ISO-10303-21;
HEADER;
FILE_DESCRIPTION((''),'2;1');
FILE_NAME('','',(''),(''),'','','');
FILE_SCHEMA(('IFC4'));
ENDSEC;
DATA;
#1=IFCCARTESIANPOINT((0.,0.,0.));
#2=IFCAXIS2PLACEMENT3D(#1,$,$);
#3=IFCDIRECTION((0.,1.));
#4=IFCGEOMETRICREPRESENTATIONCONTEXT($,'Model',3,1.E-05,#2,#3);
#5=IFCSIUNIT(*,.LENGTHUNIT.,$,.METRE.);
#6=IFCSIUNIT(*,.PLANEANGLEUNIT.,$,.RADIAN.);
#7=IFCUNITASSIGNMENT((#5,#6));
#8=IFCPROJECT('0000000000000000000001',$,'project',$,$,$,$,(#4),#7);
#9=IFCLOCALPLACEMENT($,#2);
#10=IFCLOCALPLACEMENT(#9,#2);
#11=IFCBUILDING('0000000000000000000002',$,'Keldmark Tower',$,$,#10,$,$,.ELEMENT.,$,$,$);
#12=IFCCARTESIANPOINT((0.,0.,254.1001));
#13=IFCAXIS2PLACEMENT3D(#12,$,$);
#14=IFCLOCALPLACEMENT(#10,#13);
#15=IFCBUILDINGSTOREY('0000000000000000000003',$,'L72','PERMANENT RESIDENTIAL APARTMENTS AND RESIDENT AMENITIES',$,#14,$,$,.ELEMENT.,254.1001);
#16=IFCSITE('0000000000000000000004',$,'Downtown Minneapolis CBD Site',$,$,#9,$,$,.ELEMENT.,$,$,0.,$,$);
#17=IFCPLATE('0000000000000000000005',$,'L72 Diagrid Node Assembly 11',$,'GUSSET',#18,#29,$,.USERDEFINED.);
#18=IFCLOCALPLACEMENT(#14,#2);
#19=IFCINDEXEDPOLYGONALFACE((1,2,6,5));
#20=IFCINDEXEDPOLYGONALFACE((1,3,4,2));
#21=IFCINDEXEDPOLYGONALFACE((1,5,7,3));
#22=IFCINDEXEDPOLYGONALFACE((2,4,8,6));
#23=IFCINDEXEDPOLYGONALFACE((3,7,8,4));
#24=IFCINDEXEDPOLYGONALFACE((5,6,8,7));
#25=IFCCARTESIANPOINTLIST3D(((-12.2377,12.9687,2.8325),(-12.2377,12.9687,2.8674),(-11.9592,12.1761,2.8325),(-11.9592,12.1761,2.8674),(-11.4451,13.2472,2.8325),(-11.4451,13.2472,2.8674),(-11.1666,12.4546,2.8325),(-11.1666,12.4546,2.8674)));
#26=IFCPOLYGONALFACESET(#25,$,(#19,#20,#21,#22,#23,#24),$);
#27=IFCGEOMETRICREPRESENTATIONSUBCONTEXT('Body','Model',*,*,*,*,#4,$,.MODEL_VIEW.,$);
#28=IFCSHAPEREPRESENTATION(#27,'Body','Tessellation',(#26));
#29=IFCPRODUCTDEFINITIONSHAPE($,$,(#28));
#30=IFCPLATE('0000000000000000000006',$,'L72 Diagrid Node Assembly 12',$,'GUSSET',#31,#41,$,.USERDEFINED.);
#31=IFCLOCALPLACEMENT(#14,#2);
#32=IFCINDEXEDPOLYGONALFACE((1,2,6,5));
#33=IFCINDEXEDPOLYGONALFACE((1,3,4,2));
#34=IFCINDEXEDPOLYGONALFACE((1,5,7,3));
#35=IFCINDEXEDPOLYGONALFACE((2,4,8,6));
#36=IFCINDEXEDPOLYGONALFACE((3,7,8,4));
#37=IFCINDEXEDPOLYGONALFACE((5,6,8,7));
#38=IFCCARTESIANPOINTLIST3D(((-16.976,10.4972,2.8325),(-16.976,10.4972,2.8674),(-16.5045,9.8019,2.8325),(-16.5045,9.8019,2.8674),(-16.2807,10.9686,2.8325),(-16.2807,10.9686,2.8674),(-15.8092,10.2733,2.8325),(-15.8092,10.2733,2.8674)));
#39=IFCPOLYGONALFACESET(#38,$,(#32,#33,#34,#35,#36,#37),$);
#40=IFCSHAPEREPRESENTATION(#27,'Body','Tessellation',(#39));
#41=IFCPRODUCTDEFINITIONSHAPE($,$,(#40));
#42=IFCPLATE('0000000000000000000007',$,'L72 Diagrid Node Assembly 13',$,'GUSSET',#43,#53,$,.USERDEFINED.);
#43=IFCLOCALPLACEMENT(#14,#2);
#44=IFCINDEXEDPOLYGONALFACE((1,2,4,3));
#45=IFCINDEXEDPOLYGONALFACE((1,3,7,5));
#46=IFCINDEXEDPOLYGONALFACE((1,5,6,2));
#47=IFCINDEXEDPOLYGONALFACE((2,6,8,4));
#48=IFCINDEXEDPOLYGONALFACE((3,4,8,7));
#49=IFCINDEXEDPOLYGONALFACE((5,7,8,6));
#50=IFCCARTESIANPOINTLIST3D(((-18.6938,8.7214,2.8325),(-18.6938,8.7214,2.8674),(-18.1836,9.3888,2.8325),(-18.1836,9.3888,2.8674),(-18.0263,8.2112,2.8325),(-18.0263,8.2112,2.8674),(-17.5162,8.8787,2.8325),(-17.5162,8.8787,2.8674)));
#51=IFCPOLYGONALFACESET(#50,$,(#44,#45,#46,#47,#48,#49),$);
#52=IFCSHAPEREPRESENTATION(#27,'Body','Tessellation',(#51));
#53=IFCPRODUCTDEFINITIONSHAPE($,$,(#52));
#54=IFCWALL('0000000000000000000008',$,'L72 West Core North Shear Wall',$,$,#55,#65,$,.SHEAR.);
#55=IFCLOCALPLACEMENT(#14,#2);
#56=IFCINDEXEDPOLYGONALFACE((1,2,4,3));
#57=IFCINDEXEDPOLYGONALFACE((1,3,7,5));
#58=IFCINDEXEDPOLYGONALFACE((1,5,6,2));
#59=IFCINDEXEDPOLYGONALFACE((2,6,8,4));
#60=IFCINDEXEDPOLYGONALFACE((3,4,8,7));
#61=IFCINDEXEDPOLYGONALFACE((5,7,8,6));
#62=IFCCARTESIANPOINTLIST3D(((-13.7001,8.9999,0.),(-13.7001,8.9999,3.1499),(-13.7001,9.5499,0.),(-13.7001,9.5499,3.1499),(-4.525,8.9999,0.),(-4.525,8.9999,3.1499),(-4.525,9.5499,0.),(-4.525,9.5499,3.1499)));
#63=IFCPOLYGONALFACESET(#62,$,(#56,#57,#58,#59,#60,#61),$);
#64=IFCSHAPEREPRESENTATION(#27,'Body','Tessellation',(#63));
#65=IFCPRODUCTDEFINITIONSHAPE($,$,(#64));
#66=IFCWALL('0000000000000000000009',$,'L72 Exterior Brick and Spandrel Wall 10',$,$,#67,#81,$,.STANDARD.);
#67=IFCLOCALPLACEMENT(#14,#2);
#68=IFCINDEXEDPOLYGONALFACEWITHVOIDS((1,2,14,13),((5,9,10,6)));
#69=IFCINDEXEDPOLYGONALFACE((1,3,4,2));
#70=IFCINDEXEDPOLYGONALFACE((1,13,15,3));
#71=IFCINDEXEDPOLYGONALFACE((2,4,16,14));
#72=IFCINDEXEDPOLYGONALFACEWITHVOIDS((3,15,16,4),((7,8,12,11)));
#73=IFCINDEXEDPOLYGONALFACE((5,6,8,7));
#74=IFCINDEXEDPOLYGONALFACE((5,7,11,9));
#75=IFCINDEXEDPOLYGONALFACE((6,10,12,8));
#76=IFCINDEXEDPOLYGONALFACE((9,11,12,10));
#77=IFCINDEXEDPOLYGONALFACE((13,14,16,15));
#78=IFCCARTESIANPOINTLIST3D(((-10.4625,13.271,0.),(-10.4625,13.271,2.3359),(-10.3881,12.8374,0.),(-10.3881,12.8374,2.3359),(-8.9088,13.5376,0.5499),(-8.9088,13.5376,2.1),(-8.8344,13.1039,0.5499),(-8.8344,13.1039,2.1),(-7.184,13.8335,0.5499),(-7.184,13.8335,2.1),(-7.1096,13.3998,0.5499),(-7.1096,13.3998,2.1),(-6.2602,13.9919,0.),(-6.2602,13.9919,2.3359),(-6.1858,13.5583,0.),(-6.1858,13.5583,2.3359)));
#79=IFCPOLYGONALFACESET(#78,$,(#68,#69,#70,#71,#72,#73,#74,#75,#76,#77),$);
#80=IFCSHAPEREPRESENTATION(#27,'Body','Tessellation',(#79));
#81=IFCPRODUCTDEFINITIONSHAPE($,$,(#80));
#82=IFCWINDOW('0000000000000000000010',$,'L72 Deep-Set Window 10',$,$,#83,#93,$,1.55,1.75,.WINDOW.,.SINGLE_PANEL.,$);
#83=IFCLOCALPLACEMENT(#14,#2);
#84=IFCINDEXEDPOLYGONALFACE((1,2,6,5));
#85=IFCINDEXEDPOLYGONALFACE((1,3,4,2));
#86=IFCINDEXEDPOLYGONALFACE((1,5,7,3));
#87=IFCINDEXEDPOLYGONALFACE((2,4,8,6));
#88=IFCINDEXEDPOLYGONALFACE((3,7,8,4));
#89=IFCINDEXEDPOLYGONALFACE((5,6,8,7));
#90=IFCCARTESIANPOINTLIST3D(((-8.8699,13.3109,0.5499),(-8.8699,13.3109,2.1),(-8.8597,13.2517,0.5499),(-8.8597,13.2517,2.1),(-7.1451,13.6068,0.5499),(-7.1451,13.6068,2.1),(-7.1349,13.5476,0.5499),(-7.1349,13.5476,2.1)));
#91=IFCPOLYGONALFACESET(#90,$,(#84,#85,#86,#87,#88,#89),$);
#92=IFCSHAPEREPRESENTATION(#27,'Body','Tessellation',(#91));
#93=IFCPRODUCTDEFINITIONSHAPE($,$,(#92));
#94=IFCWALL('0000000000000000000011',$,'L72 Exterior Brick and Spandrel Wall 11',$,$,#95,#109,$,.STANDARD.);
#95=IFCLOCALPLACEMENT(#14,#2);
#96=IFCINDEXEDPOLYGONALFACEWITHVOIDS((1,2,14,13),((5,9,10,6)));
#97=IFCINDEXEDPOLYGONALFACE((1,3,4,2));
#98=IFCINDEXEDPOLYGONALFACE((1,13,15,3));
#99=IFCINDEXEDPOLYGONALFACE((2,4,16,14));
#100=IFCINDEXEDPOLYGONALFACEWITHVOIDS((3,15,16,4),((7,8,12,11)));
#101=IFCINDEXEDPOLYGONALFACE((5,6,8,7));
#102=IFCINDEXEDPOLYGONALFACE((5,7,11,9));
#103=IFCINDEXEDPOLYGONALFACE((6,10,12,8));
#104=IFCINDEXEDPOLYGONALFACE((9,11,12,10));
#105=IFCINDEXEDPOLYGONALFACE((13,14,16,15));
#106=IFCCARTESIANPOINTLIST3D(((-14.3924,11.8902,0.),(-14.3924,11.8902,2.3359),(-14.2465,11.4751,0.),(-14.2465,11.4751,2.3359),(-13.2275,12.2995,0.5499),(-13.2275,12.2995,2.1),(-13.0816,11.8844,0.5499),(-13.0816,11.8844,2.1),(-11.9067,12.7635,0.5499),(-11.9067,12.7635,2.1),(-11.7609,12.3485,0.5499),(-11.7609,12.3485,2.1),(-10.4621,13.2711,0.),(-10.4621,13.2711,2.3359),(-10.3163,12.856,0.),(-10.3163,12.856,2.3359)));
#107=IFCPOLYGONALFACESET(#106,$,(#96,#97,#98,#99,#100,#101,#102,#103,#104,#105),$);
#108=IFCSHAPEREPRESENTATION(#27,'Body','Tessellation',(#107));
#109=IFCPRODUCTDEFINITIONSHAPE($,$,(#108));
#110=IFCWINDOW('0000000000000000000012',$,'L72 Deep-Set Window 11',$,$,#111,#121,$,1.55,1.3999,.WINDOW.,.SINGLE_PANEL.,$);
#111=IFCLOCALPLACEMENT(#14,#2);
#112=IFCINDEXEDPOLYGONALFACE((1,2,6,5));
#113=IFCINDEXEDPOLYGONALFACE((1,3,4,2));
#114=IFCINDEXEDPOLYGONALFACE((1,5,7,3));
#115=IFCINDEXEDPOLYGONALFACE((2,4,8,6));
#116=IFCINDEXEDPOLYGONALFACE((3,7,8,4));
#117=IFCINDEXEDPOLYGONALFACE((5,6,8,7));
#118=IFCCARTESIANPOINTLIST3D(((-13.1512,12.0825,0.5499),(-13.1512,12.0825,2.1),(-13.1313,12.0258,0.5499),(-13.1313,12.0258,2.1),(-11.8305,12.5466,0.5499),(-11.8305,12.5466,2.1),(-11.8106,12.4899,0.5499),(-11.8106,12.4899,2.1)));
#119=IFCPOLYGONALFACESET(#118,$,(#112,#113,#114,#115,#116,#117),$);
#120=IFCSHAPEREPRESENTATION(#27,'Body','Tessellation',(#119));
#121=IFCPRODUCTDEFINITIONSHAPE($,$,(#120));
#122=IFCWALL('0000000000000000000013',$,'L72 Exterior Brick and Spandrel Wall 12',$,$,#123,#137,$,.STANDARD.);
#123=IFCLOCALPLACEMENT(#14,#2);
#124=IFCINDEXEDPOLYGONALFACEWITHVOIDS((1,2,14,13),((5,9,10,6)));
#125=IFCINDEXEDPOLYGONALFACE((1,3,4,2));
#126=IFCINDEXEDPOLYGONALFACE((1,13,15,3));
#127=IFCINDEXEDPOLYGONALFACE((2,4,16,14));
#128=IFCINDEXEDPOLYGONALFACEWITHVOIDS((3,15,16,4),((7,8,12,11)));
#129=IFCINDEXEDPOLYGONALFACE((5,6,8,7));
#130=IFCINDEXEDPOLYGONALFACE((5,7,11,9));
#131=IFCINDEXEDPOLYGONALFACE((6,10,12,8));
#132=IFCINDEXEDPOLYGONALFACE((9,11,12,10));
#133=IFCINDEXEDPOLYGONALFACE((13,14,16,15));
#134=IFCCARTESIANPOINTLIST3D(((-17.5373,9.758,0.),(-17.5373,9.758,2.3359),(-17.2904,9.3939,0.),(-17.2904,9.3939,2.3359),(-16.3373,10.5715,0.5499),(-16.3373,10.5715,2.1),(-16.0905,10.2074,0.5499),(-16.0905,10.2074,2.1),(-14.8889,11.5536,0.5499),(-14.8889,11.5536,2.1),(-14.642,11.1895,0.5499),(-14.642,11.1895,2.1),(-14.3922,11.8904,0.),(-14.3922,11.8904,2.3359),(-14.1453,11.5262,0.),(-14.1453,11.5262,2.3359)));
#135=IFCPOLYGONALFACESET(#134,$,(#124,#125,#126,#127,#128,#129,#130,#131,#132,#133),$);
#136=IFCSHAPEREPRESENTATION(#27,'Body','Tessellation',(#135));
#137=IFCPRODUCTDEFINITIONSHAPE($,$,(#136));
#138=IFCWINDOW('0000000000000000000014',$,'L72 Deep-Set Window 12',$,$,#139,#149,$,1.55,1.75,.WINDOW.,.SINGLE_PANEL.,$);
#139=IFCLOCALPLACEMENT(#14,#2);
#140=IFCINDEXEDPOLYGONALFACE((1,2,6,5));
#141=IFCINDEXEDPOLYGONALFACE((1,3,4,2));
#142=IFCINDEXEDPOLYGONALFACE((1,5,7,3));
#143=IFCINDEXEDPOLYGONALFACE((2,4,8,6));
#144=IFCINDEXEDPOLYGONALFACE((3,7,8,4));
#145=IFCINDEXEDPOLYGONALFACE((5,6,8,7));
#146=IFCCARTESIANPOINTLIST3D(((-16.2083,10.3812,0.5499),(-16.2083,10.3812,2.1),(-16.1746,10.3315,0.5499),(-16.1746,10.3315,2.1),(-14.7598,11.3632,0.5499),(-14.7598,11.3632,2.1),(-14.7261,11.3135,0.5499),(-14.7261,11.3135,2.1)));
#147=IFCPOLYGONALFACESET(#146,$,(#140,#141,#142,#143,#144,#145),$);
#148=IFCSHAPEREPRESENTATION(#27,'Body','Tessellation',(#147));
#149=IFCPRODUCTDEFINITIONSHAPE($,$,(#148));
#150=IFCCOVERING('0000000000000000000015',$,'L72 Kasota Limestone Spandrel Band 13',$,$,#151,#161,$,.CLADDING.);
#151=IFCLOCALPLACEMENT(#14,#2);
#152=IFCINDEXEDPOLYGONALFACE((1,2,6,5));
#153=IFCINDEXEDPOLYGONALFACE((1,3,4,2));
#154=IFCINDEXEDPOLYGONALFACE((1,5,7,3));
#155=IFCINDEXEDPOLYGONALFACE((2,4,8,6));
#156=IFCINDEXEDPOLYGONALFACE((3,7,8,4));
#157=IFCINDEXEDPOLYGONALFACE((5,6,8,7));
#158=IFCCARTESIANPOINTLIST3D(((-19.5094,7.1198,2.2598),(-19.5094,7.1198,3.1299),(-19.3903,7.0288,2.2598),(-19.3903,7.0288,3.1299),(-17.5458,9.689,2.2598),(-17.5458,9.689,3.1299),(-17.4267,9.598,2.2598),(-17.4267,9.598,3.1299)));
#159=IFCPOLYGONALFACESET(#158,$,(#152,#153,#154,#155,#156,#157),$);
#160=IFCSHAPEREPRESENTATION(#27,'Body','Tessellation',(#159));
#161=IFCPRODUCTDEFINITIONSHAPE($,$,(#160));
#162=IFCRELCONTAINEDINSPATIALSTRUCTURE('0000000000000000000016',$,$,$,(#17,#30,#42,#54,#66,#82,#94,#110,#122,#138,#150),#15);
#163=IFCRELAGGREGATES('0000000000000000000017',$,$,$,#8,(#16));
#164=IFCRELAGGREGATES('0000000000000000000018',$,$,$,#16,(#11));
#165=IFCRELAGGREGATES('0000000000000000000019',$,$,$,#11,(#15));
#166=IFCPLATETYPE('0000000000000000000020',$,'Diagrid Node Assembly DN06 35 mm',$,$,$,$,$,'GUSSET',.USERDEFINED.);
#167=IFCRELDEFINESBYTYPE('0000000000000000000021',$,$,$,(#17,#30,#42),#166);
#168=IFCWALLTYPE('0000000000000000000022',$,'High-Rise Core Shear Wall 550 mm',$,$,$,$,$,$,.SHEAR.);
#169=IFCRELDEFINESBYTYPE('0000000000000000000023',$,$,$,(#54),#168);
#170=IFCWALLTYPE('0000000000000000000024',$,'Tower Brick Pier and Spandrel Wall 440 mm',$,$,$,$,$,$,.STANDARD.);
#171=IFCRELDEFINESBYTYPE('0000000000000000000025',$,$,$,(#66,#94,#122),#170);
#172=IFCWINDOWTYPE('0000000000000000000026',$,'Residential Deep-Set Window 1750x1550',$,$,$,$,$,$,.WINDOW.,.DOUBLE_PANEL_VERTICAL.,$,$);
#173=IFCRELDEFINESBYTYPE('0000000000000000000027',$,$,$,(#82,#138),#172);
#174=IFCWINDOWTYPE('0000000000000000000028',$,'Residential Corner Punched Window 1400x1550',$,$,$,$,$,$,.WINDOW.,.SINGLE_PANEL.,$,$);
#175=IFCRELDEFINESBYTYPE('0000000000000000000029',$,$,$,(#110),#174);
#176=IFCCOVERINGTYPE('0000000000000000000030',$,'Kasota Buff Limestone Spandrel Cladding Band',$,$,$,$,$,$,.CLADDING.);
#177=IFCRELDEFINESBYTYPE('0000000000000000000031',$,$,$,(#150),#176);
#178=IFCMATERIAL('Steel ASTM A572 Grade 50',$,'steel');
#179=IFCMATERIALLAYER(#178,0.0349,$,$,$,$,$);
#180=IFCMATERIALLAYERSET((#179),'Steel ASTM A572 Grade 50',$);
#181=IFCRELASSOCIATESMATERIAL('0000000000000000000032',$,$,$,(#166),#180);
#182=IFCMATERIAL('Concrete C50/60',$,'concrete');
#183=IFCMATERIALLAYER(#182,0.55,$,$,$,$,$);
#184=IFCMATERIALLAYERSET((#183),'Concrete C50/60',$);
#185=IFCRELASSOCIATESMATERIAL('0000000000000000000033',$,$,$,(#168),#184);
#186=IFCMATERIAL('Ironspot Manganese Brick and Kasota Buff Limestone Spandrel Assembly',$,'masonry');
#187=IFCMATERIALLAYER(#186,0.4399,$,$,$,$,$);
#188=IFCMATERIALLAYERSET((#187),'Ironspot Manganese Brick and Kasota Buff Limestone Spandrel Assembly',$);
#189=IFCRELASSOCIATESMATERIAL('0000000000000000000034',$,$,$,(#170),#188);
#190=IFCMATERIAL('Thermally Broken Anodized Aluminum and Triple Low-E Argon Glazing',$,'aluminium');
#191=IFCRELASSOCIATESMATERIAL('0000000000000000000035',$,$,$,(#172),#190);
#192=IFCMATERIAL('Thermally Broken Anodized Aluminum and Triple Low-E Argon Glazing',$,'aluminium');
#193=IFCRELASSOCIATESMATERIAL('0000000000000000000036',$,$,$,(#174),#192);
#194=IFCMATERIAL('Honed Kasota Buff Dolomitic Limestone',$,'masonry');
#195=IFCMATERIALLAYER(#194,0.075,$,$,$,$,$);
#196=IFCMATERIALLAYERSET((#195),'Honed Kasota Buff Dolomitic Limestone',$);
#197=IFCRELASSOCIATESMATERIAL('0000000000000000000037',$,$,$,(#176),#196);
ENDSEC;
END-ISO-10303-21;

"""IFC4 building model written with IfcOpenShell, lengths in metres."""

from ifc_helpers import new_model, si_unit, direction, frame, frame_2d, origin, origin_2d, place, context, subcontext, project, spatial, rectangle, extrude, material, layer, layer_set, type_object, element, fill, save


model = new_model("IFC4")

# Units and contexts
model_context = context("Model", 3, precision=1e-05, world=origin(), true_north=direction((0.0, 1.0)))
body_context = subcontext(model_context, "Body", "Model", "MODEL_VIEW")
ifc_project = project(units=[si_unit("LENGTHUNIT", "METRE"), si_unit("PLANEANGLEUNIT", "RADIAN")], contexts=[model_context])

# Site, building, storey
site_placement = place(None, origin())
site = spatial("IfcSite", under=ifc_project, at=site_placement, Name="Downtown Minneapolis CBD Site", CompositionType="ELEMENT", RefElevation=0.0)
building_placement = place(site_placement, origin())
building = spatial("IfcBuilding", under=site, at=building_placement, Name="Keldmark Tower", CompositionType="ELEMENT")
storey_placement = place(building_placement, frame((0.0, 0.0, 254.1001)))
storey = spatial("IfcBuildingStorey", under=building, at=storey_placement, Name="L72", Description="PERMANENT RESIDENTIAL APARTMENTS AND RESIDENT AMENITIES", CompositionType="ELEMENT", Elevation=254.1001)

# Plates
ifc_material_1 = material(Name="Steel ASTM A572 Grade 50", Category="steel")
ifc_layer_1 = layer(ifc_material_1, 0.0349)
ifc_layer_set_1 = layer_set([ifc_layer_1], Name="Steel ASTM A572 Grade 50")
plate_type_1 = type_object("IfcPlateType", Name="Diagrid Node Assembly DN06 35 mm", ElementType="GUSSET", PredefinedType="USERDEFINED", material=ifc_layer_set_1)
for number, where, z_axis, x_axis, name in (
    (1, (-11.7021, 12.7117, 2.8325), (0.0, 0.0, 1.0), (-0.943454, -0.331503, 0.0), "L72 Diagrid Node Assembly 11"),
    (2, (-16.3926, 10.3853, 2.8325), (0.0, 0.0, 1.0), (-0.827669, -0.561217, 0.0), "L72 Diagrid Node Assembly 12"),
    (3, (-18.105, 8.8, 2.8325), (0.0, 0.0, 1.0), (-0.607237, -0.794521, 0.0), "L72 Diagrid Node Assembly 13"),
):
    element("IfcPlate", number, at=place(storey_placement, frame(where, z_axis=z_axis, x_axis=x_axis)), inside=storey, type_object=plate_type_1, Name=name, ObjectType="GUSSET", PredefinedType="USERDEFINED", context=body_context, shape_type="SweptSolid", body=[
        extrude(rectangle(XDim=0.8401, YDim=0.8401, at=origin_2d()), origin(), (0.0, 0.0, 1.0), 0.0349),
    ])

# Wall
ifc_material_2 = material(Name="Concrete C50/60", Category="concrete")
ifc_layer_2 = layer(ifc_material_2, 0.55)
ifc_layer_set_2 = layer_set([ifc_layer_2], Name="Concrete C50/60")
wall_type_1 = type_object("IfcWallType", Name="High-Rise Core Shear Wall 550 mm", PredefinedType="SHEAR", material=ifc_layer_set_2)
wall_1_placement = place(storey_placement, frame((-13.7, 9.2749, 0.0), z_axis=(0.0, 0.0, 1.0), x_axis=(1.0, 0.0, 0.0)))
element("IfcWall", 4, at=wall_1_placement, inside=storey, type_object=wall_type_1, Name="L72 West Core North Shear Wall", PredefinedType="SHEAR", context=body_context, shape_type="SweptSolid", body=[
    extrude(rectangle(XDim=9.175, YDim=0.55, at=frame_2d((4.5874, 0.0))), origin(), (0.0, 0.0, 1.0), 3.1499),
])

# Walls, openings, windows
ifc_material_3 = material(Name="Ironspot Manganese Brick and Kasota Buff Limestone Spandrel Assembly", Category="masonry")
ifc_layer_3 = layer(ifc_material_3, 0.4399)
ifc_layer_set_3 = layer_set([ifc_layer_3], Name="Ironspot Manganese Brick and Kasota Buff Limestone Spandrel Assembly")
wall_type_2 = type_object("IfcWallType", Name="Tower Brick Pier and Spandrel Wall 440 mm", PredefinedType="STANDARD", material=ifc_layer_set_3)
wall_2_placement = place(storey_placement, frame((-10.4253, 13.0542, 0.0), z_axis=(0.0, 0.0, 1.0), x_axis=(0.985601, 0.169086, 0.0)))
wall_2 = element("IfcWall", 5, at=wall_2_placement, inside=storey, type_object=wall_type_2, Name="L72 Exterior Brick and Spandrel Wall 10", PredefinedType="STANDARD", context=body_context, shape_type="SweptSolid", body=[
    extrude(rectangle(XDim=4.2637, YDim=0.4399, at=frame_2d((2.1318, 0.0))), origin(), (0.0, 0.0, 1.0), 2.3359),
])
opening_1_placement = place(wall_2_placement, frame((1.5764, 0.0, 0.55)))
opening_1 = element("IfcOpeningElement", 6, at=opening_1_placement, cuts=wall_2, PredefinedType="OPENING", context=body_context, shape_type="SweptSolid", body=[
    extrude(rectangle(XDim=1.75, YDim=1.55, at=frame_2d((0.875, 0.7749))), frame((0.0, 0.23, 0.0), z_axis=(0.0, -1.0, 0.0), x_axis=(1.0, 0.0, 0.0)), (0.0, 0.0, 1.0), 0.46),
])
ifc_material_4 = material(Name="Thermally Broken Anodized Aluminum and Triple Low-E Argon Glazing", Category="aluminium")
window_type_1 = type_object("IfcWindowType", Name="Residential Deep-Set Window 1750x1550", PartitioningType="DOUBLE_PANEL_VERTICAL", PredefinedType="WINDOW", material=ifc_material_4)
window_1_placement = place(opening_1_placement, origin())
window_1 = element("IfcWindow", 7, at=window_1_placement, inside=storey, type_object=window_type_1, Name="L72 Deep-Set Window 10", OverallHeight=1.55, OverallWidth=1.75, PartitioningType="SINGLE_PANEL", PredefinedType="WINDOW", context=body_context, shape_type="SweptSolid", body=[
    extrude(rectangle(XDim=1.75, YDim=1.55, at=frame_2d((0.875, 0.7749))), frame((0.0, -0.01, 0.0), z_axis=(0.0, -1.0, 0.0), x_axis=(1.0, 0.0, 0.0)), (0.0, 0.0, 1.0), 0.0601),
])
fill(opening_1, window_1)
wall_3_placement = place(storey_placement, frame((-14.3196, 11.6826, 0.0), z_axis=(0.0, 0.0, 1.0), x_axis=(0.943461, 0.331483, 0.0)))
wall_3 = element("IfcWall", 8, at=wall_3_placement, inside=storey, type_object=wall_type_2, Name="L72 Exterior Brick and Spandrel Wall 11", PredefinedType="STANDARD", context=body_context, shape_type="SweptSolid", body=[
    extrude(rectangle(XDim=4.1658, YDim=0.4399, at=frame_2d((2.083, 0.0))), origin(), (0.0, 0.0, 1.0), 2.3359),
])
opening_2_placement = place(wall_3_placement, frame((1.2349, 0.0, 0.55)))
opening_2 = element("IfcOpeningElement", 9, at=opening_2_placement, cuts=wall_3, PredefinedType="OPENING", context=body_context, shape_type="SweptSolid", body=[
    extrude(rectangle(XDim=1.3999, YDim=1.55, at=frame_2d((0.7, 0.7749))), frame((0.0, 0.23, 0.0), z_axis=(0.0, -1.0, 0.0), x_axis=(1.0, 0.0, 0.0)), (0.0, 0.0, 1.0), 0.46),
])
ifc_material_5 = material(Name="Thermally Broken Anodized Aluminum and Triple Low-E Argon Glazing", Category="aluminium")
window_type_2 = type_object("IfcWindowType", Name="Residential Corner Punched Window 1400x1550", PartitioningType="SINGLE_PANEL", PredefinedType="WINDOW", material=ifc_material_5)
window_2_placement = place(opening_2_placement, origin())
window_2 = element("IfcWindow", 10, at=window_2_placement, inside=storey, type_object=window_type_2, Name="L72 Deep-Set Window 11", OverallHeight=1.55, OverallWidth=1.3999, PartitioningType="SINGLE_PANEL", PredefinedType="WINDOW", context=body_context, shape_type="SweptSolid", body=[
    extrude(rectangle(XDim=1.3999, YDim=1.55, at=frame_2d((0.7, 0.7749))), frame((0.0, -0.01, 0.0), z_axis=(0.0, -1.0, 0.0), x_axis=(1.0, 0.0, 0.0)), (0.0, 0.0, 1.0), 0.0601),
])
fill(opening_2, window_2)
wall_4_placement = place(storey_placement, frame((-17.4138, 9.5759, 0.0), z_axis=(0.0, 0.0, 1.0), x_axis=(0.827695, 0.561178, 0.0)))
wall_4 = element("IfcWall", 11, at=wall_4_placement, inside=storey, type_object=wall_type_2, Name="L72 Exterior Brick and Spandrel Wall 12", PredefinedType="STANDARD", context=body_context, shape_type="SweptSolid", body=[
    extrude(rectangle(XDim=3.7998, YDim=0.4399, at=frame_2d((1.8999, 0.0))), origin(), (0.0, 0.0, 1.0), 2.3359),
])
opening_3_placement = place(wall_4_placement, frame((1.4497, 0.0, 0.55)))
opening_3 = element("IfcOpeningElement", 12, at=opening_3_placement, cuts=wall_4, PredefinedType="OPENING", context=body_context, shape_type="SweptSolid", body=[
    extrude(rectangle(XDim=1.75, YDim=1.55, at=frame_2d((0.875, 0.7749))), frame((0.0, 0.23, 0.0), z_axis=(0.0, -1.0, 0.0), x_axis=(1.0, 0.0, 0.0)), (0.0, 0.0, 1.0), 0.46),
])
window_3_placement = place(opening_3_placement, origin())
window_3 = element("IfcWindow", 13, at=window_3_placement, inside=storey, type_object=window_type_1, Name="L72 Deep-Set Window 12", OverallHeight=1.55, OverallWidth=1.75, PartitioningType="SINGLE_PANEL", PredefinedType="WINDOW", context=body_context, shape_type="SweptSolid", body=[
    extrude(rectangle(XDim=1.75, YDim=1.55, at=frame_2d((0.875, 0.7749))), frame((0.0, -0.01, 0.0), z_axis=(0.0, -1.0, 0.0), x_axis=(1.0, 0.0, 0.0)), (0.0, 0.0, 1.0), 0.0601),
])
fill(opening_3, window_3)

# Covering
ifc_material_6 = material(Name="Honed Kasota Buff Dolomitic Limestone", Category="masonry")
ifc_layer_4 = layer(ifc_material_6, 0.075)
ifc_layer_set_4 = layer_set([ifc_layer_4], Name="Honed Kasota Buff Dolomitic Limestone")
covering_type = type_object("IfcCoveringType", Name="Kasota Buff Limestone Spandrel Cladding Band", PredefinedType="CLADDING", material=ifc_layer_set_4)
covering_placement = place(storey_placement, frame((-18.468, 8.3589, 2.2598), z_axis=(0.0, 0.0, 1.0), x_axis=(-0.607237, -0.794521, 0.0)))
element("IfcCovering", 14, at=covering_placement, inside=storey, type_object=covering_type, Name="L72 Kasota Limestone Spandrel Band 13", PredefinedType="CLADDING", context=body_context, shape_type="SweptSolid", body=[
    extrude(rectangle(XDim=3.2336, YDim=0.1499, at=origin_2d()), origin(), (0.0, 0.0, 1.0), 0.8701),
])

save(model, "model.ifc")
